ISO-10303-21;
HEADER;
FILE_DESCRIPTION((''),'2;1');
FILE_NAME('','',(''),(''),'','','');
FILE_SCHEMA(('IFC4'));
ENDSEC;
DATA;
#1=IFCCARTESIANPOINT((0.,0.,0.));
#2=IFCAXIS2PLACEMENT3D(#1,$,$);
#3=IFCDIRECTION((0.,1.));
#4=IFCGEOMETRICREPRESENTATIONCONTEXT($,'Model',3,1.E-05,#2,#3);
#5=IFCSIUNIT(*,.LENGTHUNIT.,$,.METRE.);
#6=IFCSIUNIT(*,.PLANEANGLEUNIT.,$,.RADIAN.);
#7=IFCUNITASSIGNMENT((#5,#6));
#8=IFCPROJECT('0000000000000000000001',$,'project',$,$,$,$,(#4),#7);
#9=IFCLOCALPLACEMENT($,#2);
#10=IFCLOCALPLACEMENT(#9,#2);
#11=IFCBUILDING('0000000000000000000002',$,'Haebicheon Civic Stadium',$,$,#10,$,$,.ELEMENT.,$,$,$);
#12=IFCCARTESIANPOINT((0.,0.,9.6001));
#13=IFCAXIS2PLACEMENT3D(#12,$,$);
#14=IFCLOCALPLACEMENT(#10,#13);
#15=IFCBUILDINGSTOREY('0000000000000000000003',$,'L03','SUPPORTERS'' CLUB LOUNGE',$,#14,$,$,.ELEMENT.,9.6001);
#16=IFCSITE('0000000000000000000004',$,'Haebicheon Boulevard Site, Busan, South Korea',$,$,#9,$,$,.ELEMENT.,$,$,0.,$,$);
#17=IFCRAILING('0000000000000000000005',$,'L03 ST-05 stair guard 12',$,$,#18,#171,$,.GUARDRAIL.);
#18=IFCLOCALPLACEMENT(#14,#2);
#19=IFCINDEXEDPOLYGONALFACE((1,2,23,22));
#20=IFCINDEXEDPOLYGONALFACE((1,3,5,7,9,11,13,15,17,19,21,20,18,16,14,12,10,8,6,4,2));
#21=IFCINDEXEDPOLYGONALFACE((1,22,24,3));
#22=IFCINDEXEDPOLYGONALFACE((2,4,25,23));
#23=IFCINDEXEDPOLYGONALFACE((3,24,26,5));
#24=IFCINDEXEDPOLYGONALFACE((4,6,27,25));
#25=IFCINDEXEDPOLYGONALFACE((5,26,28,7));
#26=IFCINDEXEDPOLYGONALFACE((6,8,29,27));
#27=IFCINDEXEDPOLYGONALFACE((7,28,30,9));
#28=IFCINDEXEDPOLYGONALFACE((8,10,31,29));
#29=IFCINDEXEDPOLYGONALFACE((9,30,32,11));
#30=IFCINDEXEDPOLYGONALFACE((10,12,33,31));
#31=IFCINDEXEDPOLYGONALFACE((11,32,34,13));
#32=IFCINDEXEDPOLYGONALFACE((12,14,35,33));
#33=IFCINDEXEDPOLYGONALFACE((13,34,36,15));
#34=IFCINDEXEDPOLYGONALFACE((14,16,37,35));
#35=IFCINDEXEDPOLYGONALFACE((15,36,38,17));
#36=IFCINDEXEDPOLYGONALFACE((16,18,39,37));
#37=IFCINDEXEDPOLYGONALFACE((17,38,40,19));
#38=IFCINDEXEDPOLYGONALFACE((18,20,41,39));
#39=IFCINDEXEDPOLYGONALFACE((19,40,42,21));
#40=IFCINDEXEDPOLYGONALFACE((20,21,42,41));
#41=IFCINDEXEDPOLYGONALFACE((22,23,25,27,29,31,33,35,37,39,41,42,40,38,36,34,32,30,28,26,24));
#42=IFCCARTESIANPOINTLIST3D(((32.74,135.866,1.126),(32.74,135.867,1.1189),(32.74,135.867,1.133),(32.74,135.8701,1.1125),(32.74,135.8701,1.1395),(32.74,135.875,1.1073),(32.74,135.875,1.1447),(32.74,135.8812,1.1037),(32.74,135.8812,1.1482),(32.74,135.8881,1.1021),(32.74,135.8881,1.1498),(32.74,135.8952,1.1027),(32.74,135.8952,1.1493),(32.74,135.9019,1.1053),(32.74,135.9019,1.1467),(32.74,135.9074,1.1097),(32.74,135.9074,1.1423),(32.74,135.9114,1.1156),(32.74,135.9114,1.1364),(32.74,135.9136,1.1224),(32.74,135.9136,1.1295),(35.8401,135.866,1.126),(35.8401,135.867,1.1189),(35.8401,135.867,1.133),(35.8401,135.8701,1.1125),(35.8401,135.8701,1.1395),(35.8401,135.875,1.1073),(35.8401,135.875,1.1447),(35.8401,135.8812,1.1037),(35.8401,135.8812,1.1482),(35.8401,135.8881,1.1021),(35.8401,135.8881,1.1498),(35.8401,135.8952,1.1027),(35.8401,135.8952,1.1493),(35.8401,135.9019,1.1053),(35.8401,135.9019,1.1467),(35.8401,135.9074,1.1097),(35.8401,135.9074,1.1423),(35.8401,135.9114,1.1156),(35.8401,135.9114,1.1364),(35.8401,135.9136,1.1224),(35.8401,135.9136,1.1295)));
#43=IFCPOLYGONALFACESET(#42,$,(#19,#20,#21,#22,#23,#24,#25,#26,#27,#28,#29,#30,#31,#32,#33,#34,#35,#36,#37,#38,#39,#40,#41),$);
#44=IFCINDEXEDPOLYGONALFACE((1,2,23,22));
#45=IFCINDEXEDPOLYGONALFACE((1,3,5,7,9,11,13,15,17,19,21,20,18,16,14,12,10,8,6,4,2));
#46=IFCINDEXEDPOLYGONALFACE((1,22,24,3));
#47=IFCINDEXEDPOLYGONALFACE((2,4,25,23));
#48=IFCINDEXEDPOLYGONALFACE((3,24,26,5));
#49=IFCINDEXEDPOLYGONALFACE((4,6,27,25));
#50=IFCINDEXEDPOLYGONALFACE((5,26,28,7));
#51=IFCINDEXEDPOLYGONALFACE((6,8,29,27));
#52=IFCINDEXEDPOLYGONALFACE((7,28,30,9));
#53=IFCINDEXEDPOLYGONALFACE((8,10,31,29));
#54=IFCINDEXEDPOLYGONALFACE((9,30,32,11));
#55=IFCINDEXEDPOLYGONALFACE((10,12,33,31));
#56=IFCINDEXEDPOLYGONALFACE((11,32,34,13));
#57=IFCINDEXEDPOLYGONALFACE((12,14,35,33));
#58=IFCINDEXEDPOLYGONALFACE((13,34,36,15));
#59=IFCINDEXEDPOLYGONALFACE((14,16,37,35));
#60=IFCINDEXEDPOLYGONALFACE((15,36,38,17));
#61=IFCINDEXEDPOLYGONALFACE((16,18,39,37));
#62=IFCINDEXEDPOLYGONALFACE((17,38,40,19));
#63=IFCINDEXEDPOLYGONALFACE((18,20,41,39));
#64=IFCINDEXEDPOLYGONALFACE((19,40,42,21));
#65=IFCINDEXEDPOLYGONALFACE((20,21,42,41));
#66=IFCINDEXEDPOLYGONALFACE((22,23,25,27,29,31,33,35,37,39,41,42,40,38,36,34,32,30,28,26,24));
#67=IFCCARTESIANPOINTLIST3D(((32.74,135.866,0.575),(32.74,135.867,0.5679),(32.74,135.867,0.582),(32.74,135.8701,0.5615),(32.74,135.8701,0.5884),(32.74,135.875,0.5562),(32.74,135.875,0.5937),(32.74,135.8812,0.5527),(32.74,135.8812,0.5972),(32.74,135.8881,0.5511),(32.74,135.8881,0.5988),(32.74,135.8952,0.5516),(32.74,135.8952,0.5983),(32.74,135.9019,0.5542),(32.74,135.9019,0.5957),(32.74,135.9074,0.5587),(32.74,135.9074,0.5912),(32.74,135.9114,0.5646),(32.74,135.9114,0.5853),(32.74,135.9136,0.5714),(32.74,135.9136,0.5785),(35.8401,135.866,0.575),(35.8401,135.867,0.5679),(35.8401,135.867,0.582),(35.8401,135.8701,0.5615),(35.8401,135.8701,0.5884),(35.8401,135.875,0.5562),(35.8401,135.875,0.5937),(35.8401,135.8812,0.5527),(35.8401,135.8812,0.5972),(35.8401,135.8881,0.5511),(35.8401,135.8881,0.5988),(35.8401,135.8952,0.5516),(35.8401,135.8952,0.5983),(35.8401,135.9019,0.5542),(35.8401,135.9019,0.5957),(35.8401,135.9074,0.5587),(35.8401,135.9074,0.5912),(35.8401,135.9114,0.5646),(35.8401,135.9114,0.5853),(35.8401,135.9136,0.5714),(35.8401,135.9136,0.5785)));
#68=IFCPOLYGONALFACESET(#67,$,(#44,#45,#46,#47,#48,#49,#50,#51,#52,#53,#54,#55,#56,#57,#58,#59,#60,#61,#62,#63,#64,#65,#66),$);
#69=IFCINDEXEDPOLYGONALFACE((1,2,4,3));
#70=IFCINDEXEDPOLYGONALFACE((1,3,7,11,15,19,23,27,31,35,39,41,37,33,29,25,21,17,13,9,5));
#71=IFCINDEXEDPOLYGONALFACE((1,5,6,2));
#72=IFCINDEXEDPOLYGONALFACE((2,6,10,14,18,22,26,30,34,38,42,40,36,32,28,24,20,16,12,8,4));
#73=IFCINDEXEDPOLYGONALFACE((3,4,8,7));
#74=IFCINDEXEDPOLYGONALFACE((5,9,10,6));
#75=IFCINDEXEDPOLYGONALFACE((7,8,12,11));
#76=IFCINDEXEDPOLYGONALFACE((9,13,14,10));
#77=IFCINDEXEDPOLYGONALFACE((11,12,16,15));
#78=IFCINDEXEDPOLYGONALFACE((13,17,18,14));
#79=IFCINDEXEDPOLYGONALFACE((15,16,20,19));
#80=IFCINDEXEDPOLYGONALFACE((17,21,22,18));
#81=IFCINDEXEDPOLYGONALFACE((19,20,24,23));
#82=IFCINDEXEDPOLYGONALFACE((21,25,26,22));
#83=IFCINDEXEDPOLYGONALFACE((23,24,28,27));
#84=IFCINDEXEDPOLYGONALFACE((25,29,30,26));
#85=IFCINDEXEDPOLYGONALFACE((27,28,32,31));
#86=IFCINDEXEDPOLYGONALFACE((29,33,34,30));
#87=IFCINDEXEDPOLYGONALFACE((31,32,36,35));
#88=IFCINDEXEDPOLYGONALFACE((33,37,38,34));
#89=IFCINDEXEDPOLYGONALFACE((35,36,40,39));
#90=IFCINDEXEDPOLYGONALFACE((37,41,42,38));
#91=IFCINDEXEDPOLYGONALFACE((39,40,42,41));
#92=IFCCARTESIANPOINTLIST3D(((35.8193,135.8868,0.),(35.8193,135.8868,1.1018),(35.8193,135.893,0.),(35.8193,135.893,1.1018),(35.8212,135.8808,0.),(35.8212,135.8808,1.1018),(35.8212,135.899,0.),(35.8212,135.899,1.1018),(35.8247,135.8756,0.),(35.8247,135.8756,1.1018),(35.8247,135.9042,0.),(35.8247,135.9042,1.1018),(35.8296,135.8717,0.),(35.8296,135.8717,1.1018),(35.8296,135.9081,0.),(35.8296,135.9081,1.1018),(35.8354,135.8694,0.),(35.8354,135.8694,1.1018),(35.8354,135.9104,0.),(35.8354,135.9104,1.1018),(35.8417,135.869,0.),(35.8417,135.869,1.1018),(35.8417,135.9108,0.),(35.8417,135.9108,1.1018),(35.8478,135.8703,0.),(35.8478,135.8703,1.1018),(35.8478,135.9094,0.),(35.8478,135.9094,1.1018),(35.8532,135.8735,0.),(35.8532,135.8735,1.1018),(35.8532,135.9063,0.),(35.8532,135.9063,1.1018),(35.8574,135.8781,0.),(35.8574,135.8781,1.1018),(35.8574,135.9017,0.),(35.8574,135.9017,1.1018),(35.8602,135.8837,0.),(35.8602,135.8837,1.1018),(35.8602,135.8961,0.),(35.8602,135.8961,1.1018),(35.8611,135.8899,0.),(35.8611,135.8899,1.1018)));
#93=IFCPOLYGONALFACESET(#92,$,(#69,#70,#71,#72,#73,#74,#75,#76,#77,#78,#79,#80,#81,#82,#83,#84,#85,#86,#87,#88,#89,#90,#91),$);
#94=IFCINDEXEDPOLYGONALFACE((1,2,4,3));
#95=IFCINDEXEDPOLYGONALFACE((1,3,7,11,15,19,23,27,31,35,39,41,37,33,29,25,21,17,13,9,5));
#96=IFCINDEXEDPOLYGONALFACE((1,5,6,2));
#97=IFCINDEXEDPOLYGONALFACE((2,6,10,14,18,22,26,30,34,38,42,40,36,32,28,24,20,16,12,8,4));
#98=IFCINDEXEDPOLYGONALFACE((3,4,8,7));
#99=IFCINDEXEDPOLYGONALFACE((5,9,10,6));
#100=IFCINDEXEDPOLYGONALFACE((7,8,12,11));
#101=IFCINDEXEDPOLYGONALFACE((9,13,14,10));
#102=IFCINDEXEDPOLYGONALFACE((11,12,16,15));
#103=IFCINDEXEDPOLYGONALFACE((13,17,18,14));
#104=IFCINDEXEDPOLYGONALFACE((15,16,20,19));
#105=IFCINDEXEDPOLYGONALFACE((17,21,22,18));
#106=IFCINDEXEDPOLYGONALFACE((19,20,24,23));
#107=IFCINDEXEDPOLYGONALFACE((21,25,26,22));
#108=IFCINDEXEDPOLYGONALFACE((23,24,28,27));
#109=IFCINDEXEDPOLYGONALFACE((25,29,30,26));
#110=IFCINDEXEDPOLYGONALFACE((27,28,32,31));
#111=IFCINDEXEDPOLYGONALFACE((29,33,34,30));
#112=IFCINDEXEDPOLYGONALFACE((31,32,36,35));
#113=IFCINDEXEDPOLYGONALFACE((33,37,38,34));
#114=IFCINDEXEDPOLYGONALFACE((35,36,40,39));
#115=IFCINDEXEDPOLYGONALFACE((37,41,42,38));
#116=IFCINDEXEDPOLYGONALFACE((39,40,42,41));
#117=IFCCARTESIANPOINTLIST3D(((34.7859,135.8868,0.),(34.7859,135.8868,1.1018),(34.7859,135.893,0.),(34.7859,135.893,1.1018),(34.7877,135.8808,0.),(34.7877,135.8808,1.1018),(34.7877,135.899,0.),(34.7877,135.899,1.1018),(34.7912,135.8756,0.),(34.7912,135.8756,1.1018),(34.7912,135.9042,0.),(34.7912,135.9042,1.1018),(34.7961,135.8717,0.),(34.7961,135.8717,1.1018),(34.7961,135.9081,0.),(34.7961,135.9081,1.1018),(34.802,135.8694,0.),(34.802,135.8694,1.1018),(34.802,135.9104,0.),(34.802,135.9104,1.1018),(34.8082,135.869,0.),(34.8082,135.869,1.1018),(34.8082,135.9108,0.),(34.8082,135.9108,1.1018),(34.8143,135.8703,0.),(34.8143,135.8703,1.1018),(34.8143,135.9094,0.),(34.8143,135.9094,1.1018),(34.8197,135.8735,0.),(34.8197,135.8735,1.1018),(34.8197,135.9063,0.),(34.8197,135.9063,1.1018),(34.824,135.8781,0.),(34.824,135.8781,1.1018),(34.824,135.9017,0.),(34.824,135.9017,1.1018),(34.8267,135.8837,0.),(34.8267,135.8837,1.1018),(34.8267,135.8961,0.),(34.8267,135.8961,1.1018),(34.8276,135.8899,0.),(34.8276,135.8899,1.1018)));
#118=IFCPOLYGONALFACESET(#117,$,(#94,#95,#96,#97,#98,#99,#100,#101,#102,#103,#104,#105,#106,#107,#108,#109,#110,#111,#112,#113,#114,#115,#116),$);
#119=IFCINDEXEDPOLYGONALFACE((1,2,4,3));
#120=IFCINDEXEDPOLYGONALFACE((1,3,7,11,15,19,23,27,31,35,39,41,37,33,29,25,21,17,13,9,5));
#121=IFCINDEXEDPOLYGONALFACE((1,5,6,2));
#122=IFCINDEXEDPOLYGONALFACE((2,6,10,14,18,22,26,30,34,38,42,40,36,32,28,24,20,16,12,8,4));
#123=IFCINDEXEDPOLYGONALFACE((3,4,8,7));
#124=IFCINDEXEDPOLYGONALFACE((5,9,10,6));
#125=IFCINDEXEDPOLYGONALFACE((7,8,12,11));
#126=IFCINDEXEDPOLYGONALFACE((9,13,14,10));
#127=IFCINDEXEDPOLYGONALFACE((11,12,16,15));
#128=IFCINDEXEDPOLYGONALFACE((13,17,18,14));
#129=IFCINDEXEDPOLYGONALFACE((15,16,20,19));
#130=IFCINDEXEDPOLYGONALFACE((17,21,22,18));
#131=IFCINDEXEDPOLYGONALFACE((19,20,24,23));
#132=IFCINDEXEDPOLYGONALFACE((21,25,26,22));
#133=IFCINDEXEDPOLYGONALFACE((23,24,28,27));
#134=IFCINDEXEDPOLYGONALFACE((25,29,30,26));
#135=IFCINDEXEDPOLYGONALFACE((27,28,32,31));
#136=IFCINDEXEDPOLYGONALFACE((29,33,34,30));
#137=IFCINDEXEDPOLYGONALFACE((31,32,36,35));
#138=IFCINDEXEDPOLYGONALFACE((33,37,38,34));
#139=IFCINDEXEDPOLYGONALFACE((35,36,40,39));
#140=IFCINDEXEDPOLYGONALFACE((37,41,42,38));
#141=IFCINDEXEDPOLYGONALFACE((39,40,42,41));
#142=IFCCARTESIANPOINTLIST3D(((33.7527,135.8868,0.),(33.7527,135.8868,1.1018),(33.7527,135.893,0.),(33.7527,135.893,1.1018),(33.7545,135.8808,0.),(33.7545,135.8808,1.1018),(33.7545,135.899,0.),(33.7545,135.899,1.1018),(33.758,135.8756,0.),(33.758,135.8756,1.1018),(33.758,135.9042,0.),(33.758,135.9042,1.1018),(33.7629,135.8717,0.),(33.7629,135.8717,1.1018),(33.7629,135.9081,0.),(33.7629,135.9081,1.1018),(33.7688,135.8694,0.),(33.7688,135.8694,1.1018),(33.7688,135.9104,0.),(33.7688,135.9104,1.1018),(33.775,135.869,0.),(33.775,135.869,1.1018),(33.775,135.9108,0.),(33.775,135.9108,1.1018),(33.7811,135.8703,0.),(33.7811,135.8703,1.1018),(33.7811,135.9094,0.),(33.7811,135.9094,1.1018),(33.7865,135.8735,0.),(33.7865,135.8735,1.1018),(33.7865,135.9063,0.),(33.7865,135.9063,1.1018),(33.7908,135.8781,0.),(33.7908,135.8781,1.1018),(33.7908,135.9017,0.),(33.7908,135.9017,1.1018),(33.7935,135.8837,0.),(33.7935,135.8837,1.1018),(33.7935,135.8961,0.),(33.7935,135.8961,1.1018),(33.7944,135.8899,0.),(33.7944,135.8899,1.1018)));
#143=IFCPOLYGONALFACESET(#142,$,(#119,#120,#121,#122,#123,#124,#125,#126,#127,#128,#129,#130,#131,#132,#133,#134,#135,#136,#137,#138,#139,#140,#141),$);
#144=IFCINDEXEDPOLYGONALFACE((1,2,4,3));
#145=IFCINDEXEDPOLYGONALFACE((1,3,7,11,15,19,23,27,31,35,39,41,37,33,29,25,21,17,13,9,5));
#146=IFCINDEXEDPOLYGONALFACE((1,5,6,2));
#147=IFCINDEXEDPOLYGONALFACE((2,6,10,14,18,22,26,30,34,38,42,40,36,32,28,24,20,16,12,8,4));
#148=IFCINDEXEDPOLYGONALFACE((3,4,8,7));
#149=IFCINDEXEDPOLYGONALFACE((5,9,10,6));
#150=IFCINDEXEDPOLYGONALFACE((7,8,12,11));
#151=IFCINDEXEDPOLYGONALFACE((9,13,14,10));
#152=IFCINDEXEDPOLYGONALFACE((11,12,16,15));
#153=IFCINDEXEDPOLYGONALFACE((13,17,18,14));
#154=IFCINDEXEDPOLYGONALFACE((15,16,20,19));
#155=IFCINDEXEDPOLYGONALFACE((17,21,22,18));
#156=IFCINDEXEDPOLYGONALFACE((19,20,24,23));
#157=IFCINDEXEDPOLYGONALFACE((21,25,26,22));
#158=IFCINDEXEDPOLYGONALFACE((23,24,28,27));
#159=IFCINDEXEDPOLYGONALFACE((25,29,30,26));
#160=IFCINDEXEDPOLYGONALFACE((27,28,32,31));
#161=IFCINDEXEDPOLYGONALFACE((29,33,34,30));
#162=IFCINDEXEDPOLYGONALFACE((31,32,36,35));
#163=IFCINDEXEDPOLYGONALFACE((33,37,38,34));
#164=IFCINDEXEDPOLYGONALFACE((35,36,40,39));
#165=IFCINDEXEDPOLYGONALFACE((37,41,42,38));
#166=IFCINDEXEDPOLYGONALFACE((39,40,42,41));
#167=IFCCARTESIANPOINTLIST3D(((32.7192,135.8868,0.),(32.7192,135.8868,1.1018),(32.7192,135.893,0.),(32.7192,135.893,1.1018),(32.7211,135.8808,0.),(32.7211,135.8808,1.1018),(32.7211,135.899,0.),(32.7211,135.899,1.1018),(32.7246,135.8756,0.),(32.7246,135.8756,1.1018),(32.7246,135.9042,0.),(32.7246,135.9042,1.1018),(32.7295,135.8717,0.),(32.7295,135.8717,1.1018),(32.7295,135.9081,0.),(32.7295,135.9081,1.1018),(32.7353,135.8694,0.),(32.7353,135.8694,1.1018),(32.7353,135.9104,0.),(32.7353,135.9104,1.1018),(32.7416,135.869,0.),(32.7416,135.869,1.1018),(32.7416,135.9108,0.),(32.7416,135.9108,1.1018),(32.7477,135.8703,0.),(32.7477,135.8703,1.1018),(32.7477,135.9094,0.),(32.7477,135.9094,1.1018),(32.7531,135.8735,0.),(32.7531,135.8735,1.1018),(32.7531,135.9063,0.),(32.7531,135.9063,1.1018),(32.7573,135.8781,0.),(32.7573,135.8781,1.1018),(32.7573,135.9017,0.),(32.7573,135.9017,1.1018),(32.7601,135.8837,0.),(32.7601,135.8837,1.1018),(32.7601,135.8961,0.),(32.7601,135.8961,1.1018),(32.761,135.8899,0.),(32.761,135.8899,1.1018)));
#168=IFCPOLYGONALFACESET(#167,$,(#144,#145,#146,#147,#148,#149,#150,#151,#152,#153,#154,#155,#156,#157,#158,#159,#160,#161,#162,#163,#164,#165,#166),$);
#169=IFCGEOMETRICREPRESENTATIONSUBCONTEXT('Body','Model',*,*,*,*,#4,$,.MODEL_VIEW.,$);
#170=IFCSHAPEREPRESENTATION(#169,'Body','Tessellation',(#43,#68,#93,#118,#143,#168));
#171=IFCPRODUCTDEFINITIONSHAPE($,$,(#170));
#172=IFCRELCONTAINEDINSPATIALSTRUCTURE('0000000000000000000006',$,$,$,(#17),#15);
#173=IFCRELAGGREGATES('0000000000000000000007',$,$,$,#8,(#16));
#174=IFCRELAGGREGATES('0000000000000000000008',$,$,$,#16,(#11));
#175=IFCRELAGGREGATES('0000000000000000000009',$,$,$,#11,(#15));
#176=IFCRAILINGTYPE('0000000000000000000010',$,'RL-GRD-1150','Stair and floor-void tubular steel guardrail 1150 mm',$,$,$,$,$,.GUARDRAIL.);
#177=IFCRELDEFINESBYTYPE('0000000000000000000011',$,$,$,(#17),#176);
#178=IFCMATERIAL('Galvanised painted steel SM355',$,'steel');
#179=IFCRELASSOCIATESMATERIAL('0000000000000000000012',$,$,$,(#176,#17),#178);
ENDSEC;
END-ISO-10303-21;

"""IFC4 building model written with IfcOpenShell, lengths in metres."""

from ifc_helpers import new_model, si_unit, direction, frame, origin, origin_2d, place, context, subcontext, project, spatial, circle, extrude, material, type_object, element, save


model = new_model("IFC4")

# Units and contexts
model_context = context("Model", 3, precision=1e-05, world=origin(), true_north=direction((0.0, 1.0)))
body_context = subcontext(model_context, "Body", "Model", "MODEL_VIEW")
ifc_project = project(units=[si_unit("LENGTHUNIT", "METRE"), si_unit("PLANEANGLEUNIT", "RADIAN")], contexts=[model_context])

# Site, building, storey
site_placement = place(None, origin())
site = spatial("IfcSite", under=ifc_project, at=site_placement, Name="Haebicheon Boulevard Site, Busan, South Korea", CompositionType="ELEMENT", RefElevation=0.0)
building_placement = place(site_placement, origin())
building = spatial("IfcBuilding", under=site, at=building_placement, Name="Haebicheon Civic Stadium", CompositionType="ELEMENT")
storey_placement = place(building_placement, frame((0.0, 0.0, 9.6001)))
storey = spatial("IfcBuildingStorey", under=building, at=storey_placement, Name="L03", Description="SUPPORTERS' CLUB LOUNGE", CompositionType="ELEMENT", Elevation=9.6001)

# Railing
ifc_material_1 = material(Name="Galvanised painted steel SM355", Category="steel")
railing_type_1 = type_object("IfcRailingType", Name="RL-GRD-1150", Description="Stair and floor-void tubular steel guardrail 1150 mm", PredefinedType="GUARDRAIL", material=ifc_material_1)
railing_1_placement = place(storey_placement, frame((35.8401, 135.8899, 0.0)))
element("IfcRailing", 1, at=railing_1_placement, inside=storey, type_object=railing_type_1, material=ifc_material_1, Name="L03 ST-05 stair guard 12", PredefinedType="GUARDRAIL", context=body_context, shape_type="SweptSolid", body=[
    extrude(circle(Radius=0.0239, at=origin_2d()), frame((0.0, 0.0, 1.126), z_axis=(-1.0, 0.0, 0.0), x_axis=(0.0, -1.0, 0.0)), (0.0, 0.0, 1.0), 3.1001),
    extrude(circle(Radius=0.0239, at=origin_2d()), frame((0.0, 0.0, 0.575), z_axis=(-1.0, 0.0, 0.0), x_axis=(0.0, -1.0, 0.0)), (0.0, 0.0, 1.0), 3.1001),
    extrude(circle(Radius=0.021, at=origin_2d()), origin(), (0.0, 0.0, 1.0), 1.1018),
    extrude(circle(Radius=0.021, at=origin_2d()), frame((-1.0334, 0.0, 0.0)), (0.0, 0.0, 1.0), 1.1018),
    extrude(circle(Radius=0.021, at=origin_2d()), frame((-2.0667, 0.0, 0.0)), (0.0, 0.0, 1.0), 1.1018),
    extrude(circle(Radius=0.021, at=origin_2d()), frame((-3.1001, 0.0, 0.0)), (0.0, 0.0, 1.0), 1.1018),
])

save(model, "model.ifc")
